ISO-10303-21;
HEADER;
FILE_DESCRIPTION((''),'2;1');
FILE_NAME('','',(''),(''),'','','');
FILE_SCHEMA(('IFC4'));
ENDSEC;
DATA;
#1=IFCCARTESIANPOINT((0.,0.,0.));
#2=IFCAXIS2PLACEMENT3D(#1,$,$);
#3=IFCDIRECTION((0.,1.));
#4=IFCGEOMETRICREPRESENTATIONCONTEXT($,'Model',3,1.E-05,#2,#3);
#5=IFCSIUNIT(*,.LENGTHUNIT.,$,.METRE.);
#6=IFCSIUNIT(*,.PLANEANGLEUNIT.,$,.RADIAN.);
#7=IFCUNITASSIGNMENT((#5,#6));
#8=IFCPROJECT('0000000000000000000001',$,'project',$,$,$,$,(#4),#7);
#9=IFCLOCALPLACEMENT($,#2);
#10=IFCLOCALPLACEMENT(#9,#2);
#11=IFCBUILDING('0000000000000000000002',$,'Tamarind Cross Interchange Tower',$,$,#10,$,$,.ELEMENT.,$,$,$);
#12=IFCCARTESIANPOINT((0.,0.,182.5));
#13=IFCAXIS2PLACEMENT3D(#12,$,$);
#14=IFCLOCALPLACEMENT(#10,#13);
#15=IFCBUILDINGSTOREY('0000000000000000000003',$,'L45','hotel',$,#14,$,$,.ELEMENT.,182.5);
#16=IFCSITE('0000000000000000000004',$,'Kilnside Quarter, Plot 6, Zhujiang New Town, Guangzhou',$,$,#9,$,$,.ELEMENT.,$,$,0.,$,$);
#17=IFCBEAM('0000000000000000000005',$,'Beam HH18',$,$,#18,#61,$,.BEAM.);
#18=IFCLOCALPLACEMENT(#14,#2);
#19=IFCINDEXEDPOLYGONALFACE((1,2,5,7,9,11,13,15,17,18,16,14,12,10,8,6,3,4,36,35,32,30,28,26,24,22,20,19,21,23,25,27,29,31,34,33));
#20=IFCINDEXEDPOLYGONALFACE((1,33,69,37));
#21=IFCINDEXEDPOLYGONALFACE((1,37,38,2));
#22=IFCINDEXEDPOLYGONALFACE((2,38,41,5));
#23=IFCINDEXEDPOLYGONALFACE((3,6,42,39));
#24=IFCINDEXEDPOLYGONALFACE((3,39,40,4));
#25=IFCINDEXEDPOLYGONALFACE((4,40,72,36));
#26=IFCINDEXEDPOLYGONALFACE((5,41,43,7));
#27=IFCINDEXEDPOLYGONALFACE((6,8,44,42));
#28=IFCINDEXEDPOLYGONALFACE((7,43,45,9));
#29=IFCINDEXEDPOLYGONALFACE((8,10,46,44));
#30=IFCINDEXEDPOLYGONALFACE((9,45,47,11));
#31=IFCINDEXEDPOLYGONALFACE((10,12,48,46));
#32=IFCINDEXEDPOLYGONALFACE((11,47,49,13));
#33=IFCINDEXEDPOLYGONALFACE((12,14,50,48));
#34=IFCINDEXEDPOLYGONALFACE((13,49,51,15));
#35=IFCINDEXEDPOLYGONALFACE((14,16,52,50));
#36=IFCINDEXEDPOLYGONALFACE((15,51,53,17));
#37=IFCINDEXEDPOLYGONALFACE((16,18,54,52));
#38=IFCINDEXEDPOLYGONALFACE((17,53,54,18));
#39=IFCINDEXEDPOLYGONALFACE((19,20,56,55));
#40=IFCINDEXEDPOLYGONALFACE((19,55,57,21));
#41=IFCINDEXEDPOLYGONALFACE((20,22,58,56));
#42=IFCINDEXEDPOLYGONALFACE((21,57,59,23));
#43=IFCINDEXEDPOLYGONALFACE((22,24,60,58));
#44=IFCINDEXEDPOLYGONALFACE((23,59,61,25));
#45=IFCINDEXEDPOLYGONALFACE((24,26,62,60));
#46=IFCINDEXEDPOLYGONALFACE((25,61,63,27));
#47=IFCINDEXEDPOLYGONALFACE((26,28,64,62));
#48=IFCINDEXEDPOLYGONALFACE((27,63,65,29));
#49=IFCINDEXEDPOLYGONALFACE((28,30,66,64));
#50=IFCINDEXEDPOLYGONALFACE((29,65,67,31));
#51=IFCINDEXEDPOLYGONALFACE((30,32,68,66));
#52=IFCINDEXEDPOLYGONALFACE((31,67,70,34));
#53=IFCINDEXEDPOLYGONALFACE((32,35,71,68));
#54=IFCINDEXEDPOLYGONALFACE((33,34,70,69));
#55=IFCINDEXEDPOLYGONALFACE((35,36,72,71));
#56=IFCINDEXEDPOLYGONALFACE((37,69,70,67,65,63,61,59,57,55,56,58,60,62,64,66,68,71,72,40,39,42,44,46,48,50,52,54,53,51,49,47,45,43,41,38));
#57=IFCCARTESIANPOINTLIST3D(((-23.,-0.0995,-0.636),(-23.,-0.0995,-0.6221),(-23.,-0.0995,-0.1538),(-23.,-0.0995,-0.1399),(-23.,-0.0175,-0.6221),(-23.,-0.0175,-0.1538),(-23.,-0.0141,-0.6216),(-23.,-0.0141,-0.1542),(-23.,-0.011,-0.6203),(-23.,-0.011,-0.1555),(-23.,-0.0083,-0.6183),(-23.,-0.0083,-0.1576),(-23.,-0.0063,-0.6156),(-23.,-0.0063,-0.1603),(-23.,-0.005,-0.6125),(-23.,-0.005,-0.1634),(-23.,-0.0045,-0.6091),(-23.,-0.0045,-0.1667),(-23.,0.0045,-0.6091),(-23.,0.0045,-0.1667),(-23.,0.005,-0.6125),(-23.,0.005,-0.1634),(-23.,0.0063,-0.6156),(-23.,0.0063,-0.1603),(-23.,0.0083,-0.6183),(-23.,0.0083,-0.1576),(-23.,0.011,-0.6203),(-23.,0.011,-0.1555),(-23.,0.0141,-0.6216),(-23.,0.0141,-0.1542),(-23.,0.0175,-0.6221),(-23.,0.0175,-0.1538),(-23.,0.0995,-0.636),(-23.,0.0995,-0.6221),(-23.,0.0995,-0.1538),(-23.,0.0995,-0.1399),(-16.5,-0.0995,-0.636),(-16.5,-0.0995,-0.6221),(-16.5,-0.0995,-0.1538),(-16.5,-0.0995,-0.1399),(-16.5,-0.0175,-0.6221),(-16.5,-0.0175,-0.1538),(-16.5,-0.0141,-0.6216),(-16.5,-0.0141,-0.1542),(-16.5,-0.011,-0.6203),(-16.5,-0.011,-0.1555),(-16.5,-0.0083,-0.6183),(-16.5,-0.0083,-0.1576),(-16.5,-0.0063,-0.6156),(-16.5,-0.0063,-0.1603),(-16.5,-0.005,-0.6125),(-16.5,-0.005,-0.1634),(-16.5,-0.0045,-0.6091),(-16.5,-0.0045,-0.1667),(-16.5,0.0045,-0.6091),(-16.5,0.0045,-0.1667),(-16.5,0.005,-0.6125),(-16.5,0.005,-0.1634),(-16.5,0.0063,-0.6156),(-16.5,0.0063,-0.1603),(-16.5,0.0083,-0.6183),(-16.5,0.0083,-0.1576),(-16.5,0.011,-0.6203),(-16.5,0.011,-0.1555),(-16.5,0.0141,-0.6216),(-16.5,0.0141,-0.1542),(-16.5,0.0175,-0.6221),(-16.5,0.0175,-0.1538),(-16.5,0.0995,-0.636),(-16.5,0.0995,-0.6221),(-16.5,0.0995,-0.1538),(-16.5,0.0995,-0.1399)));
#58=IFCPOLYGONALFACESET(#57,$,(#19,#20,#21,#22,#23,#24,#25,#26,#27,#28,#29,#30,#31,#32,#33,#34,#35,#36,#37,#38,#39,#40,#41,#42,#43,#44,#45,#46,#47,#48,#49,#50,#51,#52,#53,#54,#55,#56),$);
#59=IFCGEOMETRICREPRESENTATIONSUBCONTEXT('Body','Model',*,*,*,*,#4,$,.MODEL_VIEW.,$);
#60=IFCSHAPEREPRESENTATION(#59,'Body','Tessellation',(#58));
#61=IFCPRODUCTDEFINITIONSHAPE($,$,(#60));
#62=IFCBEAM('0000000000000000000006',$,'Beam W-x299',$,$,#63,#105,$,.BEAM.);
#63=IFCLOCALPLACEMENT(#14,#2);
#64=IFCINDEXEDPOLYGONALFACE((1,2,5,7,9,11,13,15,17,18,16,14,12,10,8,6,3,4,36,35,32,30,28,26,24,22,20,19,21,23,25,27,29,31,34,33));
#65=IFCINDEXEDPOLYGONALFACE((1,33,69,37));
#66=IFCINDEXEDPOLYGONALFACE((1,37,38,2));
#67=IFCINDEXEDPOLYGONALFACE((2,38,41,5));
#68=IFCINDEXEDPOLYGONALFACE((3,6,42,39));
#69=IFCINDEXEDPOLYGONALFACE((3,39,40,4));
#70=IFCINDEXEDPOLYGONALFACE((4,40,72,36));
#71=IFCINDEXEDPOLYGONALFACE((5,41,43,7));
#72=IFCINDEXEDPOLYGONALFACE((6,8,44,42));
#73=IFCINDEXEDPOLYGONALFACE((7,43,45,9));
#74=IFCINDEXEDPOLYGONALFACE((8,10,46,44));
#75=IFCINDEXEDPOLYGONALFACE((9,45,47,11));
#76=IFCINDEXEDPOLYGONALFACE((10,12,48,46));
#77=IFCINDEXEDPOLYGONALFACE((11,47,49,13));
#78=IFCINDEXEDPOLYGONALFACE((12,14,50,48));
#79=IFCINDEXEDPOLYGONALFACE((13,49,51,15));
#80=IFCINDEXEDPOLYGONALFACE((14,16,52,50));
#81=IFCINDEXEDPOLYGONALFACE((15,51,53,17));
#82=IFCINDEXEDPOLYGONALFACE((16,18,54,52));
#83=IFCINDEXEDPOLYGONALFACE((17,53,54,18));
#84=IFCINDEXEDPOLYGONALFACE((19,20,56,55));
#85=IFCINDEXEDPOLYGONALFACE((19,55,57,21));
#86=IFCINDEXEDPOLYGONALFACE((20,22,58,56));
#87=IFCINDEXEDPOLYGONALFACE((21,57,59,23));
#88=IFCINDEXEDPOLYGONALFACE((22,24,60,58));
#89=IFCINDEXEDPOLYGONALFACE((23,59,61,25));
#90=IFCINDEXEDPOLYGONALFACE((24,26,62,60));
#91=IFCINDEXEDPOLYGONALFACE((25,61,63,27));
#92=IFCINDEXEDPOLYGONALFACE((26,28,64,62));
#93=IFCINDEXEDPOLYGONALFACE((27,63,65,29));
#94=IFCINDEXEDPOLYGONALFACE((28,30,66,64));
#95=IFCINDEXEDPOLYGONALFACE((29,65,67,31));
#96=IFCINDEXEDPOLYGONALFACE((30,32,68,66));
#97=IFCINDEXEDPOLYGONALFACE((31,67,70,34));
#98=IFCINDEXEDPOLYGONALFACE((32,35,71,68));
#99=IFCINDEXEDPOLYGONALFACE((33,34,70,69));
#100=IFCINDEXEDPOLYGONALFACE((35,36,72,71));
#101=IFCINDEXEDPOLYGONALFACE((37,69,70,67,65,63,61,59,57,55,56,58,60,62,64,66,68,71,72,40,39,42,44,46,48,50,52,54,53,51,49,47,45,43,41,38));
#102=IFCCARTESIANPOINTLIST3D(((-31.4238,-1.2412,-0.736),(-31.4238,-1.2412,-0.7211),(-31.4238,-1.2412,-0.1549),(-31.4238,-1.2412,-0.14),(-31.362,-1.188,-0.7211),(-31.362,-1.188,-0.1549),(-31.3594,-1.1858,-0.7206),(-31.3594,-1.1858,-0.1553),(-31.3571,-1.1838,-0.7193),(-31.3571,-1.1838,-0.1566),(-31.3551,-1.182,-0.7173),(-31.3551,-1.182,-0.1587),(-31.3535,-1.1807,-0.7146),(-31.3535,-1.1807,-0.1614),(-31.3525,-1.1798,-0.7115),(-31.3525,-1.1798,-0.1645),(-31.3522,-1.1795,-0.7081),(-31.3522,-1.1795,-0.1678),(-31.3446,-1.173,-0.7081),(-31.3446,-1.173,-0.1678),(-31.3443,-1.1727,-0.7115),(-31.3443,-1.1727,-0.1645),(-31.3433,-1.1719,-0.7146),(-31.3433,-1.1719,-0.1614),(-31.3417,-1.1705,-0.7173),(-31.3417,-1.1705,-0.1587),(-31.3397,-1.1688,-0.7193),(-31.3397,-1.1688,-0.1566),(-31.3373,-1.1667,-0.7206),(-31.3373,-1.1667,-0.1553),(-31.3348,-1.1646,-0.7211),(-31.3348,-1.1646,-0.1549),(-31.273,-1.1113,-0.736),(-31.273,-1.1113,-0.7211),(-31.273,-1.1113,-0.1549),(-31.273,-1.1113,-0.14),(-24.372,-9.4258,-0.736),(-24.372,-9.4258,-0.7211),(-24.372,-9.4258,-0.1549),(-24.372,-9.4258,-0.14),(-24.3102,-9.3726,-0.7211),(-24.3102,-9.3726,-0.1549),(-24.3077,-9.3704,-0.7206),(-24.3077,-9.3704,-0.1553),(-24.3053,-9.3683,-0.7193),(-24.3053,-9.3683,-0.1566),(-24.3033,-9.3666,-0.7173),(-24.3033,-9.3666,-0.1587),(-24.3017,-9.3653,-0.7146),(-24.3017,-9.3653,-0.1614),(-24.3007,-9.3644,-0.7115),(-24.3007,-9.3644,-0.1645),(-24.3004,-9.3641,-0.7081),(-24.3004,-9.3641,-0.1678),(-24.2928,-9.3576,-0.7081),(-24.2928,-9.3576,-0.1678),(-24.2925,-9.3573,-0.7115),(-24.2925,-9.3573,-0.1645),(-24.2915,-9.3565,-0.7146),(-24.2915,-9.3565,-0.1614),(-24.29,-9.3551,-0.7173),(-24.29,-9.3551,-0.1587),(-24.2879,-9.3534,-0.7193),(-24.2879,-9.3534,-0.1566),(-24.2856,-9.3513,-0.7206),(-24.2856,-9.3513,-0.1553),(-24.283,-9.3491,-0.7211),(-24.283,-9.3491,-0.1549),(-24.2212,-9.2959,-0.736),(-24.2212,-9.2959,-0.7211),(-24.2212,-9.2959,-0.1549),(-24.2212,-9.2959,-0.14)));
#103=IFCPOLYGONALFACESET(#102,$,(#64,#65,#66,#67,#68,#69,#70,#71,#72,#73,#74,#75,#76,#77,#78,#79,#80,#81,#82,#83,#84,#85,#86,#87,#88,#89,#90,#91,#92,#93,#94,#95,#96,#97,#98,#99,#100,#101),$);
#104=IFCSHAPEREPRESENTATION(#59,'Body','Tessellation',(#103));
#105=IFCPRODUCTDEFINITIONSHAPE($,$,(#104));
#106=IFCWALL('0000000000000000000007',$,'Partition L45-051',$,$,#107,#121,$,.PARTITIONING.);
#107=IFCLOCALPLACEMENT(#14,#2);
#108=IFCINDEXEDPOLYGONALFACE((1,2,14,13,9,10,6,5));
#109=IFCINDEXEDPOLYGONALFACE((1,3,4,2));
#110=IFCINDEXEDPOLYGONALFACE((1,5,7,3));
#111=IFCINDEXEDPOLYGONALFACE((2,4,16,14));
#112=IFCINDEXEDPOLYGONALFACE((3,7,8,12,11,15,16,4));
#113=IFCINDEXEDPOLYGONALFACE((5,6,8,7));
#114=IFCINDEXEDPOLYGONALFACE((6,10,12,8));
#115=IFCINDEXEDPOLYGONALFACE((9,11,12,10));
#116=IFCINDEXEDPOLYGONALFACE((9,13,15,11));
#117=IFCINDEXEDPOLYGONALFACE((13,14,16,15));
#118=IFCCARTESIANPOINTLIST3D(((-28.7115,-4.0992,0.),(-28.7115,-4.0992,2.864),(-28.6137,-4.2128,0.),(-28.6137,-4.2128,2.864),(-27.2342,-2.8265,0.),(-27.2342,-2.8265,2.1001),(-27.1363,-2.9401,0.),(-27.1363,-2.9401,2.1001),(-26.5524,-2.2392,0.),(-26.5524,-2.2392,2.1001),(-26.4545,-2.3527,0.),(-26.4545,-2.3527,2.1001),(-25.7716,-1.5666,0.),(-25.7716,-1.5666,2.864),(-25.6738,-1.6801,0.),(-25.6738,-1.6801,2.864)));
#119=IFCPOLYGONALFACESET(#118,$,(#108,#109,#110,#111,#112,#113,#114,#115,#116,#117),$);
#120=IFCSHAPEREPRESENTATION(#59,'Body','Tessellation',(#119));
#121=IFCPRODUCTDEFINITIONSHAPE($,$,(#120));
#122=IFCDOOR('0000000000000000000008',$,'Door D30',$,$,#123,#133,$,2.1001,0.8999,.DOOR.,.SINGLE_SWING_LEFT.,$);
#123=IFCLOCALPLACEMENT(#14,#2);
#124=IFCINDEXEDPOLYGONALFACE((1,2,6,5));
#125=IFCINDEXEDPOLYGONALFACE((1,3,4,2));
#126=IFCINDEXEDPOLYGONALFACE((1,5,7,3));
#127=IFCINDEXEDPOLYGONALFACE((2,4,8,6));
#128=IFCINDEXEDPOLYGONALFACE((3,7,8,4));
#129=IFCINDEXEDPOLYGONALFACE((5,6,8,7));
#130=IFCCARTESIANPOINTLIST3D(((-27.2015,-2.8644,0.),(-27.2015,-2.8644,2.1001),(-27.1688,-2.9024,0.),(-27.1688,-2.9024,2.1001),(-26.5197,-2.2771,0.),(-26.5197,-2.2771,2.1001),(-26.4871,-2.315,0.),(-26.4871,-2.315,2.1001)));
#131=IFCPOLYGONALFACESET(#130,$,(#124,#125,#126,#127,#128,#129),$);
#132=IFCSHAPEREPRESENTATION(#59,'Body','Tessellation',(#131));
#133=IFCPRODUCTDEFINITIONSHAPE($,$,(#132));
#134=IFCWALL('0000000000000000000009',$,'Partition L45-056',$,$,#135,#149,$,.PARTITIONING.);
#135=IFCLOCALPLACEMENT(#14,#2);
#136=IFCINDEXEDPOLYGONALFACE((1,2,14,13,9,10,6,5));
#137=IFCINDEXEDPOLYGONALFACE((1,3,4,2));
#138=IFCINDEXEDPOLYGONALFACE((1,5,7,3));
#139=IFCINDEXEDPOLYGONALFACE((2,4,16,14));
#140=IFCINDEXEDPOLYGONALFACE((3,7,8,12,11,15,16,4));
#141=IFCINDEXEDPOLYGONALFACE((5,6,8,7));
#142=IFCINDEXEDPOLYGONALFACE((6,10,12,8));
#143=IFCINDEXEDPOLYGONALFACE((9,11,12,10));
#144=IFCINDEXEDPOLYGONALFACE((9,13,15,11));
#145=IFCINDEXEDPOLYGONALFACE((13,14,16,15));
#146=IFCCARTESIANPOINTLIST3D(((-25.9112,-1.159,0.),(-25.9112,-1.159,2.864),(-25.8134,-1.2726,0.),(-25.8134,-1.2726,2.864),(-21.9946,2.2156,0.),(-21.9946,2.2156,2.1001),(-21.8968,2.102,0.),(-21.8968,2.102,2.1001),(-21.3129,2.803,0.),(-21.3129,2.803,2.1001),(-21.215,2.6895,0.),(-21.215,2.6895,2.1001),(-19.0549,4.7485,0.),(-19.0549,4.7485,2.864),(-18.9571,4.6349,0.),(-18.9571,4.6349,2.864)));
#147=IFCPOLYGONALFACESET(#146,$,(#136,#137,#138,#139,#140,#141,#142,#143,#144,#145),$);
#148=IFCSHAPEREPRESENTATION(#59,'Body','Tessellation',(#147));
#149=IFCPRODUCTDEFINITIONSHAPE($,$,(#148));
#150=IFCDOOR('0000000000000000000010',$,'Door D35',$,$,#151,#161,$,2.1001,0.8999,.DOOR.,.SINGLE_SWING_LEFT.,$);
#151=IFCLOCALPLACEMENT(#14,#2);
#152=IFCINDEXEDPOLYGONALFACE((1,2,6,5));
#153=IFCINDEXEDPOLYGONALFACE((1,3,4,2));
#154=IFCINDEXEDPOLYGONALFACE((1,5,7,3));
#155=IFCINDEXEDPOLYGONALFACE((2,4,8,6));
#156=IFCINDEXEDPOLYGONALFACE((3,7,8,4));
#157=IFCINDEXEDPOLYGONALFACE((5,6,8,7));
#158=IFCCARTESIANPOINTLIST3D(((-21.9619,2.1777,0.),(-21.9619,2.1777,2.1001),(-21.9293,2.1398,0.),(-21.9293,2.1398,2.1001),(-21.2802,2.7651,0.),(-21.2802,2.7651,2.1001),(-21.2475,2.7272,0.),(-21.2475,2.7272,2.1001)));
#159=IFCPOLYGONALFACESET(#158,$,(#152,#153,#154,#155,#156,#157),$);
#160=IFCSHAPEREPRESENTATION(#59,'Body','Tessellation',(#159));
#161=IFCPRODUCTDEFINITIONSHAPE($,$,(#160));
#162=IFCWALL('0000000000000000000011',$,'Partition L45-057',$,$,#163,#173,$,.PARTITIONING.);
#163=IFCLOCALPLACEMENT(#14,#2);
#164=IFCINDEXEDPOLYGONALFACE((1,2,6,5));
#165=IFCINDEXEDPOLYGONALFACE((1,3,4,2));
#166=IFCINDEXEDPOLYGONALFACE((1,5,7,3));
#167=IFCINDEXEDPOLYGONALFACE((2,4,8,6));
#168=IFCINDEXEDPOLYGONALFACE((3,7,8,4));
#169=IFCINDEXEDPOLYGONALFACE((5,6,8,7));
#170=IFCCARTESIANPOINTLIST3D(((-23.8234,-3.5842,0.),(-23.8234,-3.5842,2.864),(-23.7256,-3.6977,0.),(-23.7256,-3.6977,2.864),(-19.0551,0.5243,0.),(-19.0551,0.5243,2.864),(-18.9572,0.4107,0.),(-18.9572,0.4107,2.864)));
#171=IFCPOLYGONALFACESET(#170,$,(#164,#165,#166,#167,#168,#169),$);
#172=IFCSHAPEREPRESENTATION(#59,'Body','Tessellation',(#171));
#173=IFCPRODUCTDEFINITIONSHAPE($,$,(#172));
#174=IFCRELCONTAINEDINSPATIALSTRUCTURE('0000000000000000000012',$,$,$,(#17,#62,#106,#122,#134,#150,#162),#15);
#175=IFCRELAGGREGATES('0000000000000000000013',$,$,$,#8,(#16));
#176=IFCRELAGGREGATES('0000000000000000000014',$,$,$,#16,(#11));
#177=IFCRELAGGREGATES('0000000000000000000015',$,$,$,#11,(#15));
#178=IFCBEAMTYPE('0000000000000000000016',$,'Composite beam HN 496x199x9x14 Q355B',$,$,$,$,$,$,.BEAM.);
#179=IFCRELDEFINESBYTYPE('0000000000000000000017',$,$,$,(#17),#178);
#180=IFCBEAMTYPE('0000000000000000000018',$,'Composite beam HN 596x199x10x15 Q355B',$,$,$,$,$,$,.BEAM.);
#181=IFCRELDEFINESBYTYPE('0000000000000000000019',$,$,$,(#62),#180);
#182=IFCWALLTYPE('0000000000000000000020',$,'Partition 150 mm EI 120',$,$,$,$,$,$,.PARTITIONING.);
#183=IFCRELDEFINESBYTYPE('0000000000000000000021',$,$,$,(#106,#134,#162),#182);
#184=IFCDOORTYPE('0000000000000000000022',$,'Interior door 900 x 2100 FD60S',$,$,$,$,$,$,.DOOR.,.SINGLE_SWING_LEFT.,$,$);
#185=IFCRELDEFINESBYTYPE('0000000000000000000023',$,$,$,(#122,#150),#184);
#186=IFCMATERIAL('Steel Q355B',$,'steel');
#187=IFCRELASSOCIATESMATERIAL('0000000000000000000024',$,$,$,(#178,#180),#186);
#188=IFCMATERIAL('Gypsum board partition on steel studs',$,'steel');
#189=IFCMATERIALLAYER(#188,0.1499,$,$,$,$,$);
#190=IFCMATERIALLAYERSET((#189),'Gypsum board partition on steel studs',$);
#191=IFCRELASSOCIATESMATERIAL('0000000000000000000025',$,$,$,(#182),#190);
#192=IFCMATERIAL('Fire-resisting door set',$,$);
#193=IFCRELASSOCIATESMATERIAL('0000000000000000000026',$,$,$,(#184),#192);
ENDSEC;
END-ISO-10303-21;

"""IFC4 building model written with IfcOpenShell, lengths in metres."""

from ifc_helpers import new_model, si_unit, direction, frame, frame_2d, origin, origin_2d, place, context, subcontext, project, spatial, rectangle, i_section, extrude, material, layer, layer_set, material_profile, profile_set, type_object, element, fill, save


model = new_model("IFC4")

# Units and contexts
model_context = context("Model", 3, precision=1e-05, world=origin(), true_north=direction((0.0, 1.0)))
body_context = subcontext(model_context, "Body", "Model", "MODEL_VIEW")
ifc_project = project(units=[si_unit("LENGTHUNIT", "METRE"), si_unit("PLANEANGLEUNIT", "RADIAN")], contexts=[model_context])

# Site, building, storey
site_placement = place(None, origin())
site = spatial("IfcSite", under=ifc_project, at=site_placement, Name="Kilnside Quarter, Plot 6, Zhujiang New Town, Guangzhou", CompositionType="ELEMENT", RefElevation=0.0)
building_placement = place(site_placement, origin())
building = spatial("IfcBuilding", under=site, at=building_placement, Name="Tamarind Cross Interchange Tower", CompositionType="ELEMENT")
storey_placement = place(building_placement, frame((0.0, 0.0, 182.5)))
storey = spatial("IfcBuildingStorey", under=building, at=storey_placement, Name="L45", Description="hotel", CompositionType="ELEMENT", Elevation=182.5)

# Beams
ifc_material_1 = material(Name="Steel Q355B", Category="steel")
ifc_material_profile_1 = material_profile(ifc_material_1, i_section(OverallWidth=0.199, OverallDepth=0.4961, WebThickness=0.009, FlangeThickness=0.0139, FilletRadius=0.0129, at=origin_2d()), Name="HN 496x199x9x14")
ifc_profile_set_1 = profile_set([ifc_material_profile_1], Name="Steel Q355B")
beam_type_1 = type_object("IfcBeamType", Name="Composite beam HN 496x199x9x14 Q355B", PredefinedType="BEAM", material=ifc_profile_set_1)
beam_1_placement = place(storey_placement, frame((-23.0, 0.0, -0.3879), z_axis=(1.0, 0.0, 0.0), x_axis=(0.0, 1.0, 0.0)))
element("IfcBeam", 1, at=beam_1_placement, inside=storey, type_object=beam_type_1, Name="Beam HH18", PredefinedType="BEAM", context=body_context, shape_type="SweptSolid", body=[
    extrude(i_section(OverallWidth=0.199, OverallDepth=0.4961, WebThickness=0.009, FlangeThickness=0.0139, FilletRadius=0.0129, at=origin_2d()), origin(), (0.0, 0.0, 1.0), 6.5),
])
ifc_material_profile_2 = material_profile(ifc_material_1, i_section(OverallWidth=0.199, OverallDepth=0.5959, WebThickness=0.01, FlangeThickness=0.0149, FilletRadius=0.0129, at=origin_2d()), Name="HN 596x199x10x15")
ifc_profile_set_2 = profile_set([ifc_material_profile_2], Name="Steel Q355B")
beam_type_2 = type_object("IfcBeamType", Name="Composite beam HN 596x199x10x15 Q355B", PredefinedType="BEAM", material=ifc_profile_set_2)
beam_2_placement = place(storey_placement, frame((-31.3484, -1.1763, -0.438), z_axis=(0.652732, -0.757589, 0.0), x_axis=(0.757589, 0.652732, 0.0)))
element("IfcBeam", 2, at=beam_2_placement, inside=storey, type_object=beam_type_2, Name="Beam W-x299", PredefinedType="BEAM", context=body_context, shape_type="SweptSolid", body=[
    extrude(i_section(OverallWidth=0.199, OverallDepth=0.5959, WebThickness=0.01, FlangeThickness=0.0149, FilletRadius=0.0129, at=origin_2d()), origin(), (0.0, 0.0, 1.0), 10.8035),
])

# Walls, openings, doors
ifc_material_2 = material(Name="Gypsum board partition on steel studs", Category="steel")
ifc_layer_1 = layer(ifc_material_2, 0.1499)
ifc_layer_set_1 = layer_set([ifc_layer_1], Name="Gypsum board partition on steel studs")
wall_type_1 = type_object("IfcWallType", Name="Partition 150 mm EI 120", PredefinedType="PARTITIONING", material=ifc_layer_set_1)
wall_1_placement = place(storey_placement, frame((-28.6626, -4.156, 0.0), z_axis=(0.0, 0.0, 1.0), x_axis=(0.757629, 0.652686, 0.0)))
wall_1 = element("IfcWall", 3, at=wall_1_placement, inside=storey, type_object=wall_type_1, Name="Partition L45-051", PredefinedType="PARTITIONING", context=body_context, shape_type="SweptSolid", body=[
    extrude(rectangle(XDim=3.8804, YDim=0.1499, at=frame_2d((1.9402, 0.0))), origin(), (0.0, 0.0, 1.0), 2.864),
])
opening_1_placement = place(wall_1_placement, frame((1.95, 0.0, 0.0)))
opening_1 = element("IfcOpeningElement", 4, at=opening_1_placement, cuts=wall_1, PredefinedType="OPENING", context=body_context, shape_type="SweptSolid", body=[
    extrude(rectangle(XDim=0.8999, YDim=2.1001, at=frame_2d((0.45, 1.05))), frame((0.0, 0.085, 0.0), z_axis=(0.0, -1.0, 0.0), x_axis=(1.0, 0.0, 0.0)), (0.0, 0.0, 1.0), 0.1699),
])
ifc_material_3 = material(Name="Fire-resisting door set")
door_type_1 = type_object("IfcDoorType", Name="Interior door 900 x 2100 FD60S", OperationType="SINGLE_SWING_LEFT", PredefinedType="DOOR", material=ifc_material_3)
door_1_placement = place(opening_1_placement, origin())
door_1 = element("IfcDoor", 5, at=door_1_placement, inside=storey, type_object=door_type_1, Name="Door D30", OperationType="SINGLE_SWING_LEFT", OverallHeight=2.1001, OverallWidth=0.8999, PredefinedType="DOOR", context=body_context, shape_type="SweptSolid", body=[
    extrude(rectangle(XDim=0.8999, YDim=2.1001, at=frame_2d((0.45, 1.05))), frame((0.0, 0.0249, 0.0), z_axis=(0.0, -1.0, 0.0), x_axis=(1.0, 0.0, 0.0)), (0.0, 0.0, 1.0), 0.05),
])
fill(opening_1, door_1)
wall_2_placement = place(storey_placement, frame((-25.8623, -1.2158, 0.0), z_axis=(0.0, 0.0, 1.0), x_axis=(0.757576, 0.652746, 0.0)))
wall_2 = element("IfcWall", 6, at=wall_2_placement, inside=storey, type_object=wall_type_1, Name="Partition L45-056", PredefinedType="PARTITIONING", context=body_context, shape_type="SweptSolid", body=[
    extrude(rectangle(XDim=9.0503, YDim=0.1499, at=frame_2d((4.5251, 0.0))), origin(), (0.0, 0.0, 1.0), 2.864),
])
opening_2_placement = place(wall_2_placement, frame((5.1699, 0.0, 0.0)))
opening_2 = element("IfcOpeningElement", 7, at=opening_2_placement, cuts=wall_2, PredefinedType="OPENING", context=body_context, shape_type="SweptSolid", body=[
    extrude(rectangle(XDim=0.8999, YDim=2.1001, at=frame_2d((0.45, 1.05))), frame((0.0, 0.085, 0.0), z_axis=(0.0, -1.0, 0.0), x_axis=(1.0, 0.0, 0.0)), (0.0, 0.0, 1.0), 0.1699),
])
door_2_placement = place(opening_2_placement, origin())
door_2 = element("IfcDoor", 8, at=door_2_placement, inside=storey, type_object=door_type_1, Name="Door D35", OperationType="SINGLE_SWING_LEFT", OverallHeight=2.1001, OverallWidth=0.8999, PredefinedType="DOOR", context=body_context, shape_type="SweptSolid", body=[
    extrude(rectangle(XDim=0.8999, YDim=2.1001, at=frame_2d((0.45, 1.05))), frame((0.0, 0.0249, 0.0), z_axis=(0.0, -1.0, 0.0), x_axis=(1.0, 0.0, 0.0)), (0.0, 0.0, 1.0), 0.05),
])
fill(opening_2, door_2)

# Wall
wall_3_placement = place(storey_placement, frame((-23.7744, -3.6409, 0.0), z_axis=(0.0, 0.0, 1.0), x_axis=(0.757584, 0.652738, 0.0)))
element("IfcWall", 9, at=wall_3_placement, inside=storey, type_object=wall_type_1, Name="Partition L45-057", PredefinedType="PARTITIONING", context=body_context, shape_type="SweptSolid", body=[
    extrude(rectangle(XDim=6.2942, YDim=0.1499, at=frame_2d((3.147, 0.0))), origin(), (0.0, 0.0, 1.0), 2.864),
])

save(model, "model.ifc")
